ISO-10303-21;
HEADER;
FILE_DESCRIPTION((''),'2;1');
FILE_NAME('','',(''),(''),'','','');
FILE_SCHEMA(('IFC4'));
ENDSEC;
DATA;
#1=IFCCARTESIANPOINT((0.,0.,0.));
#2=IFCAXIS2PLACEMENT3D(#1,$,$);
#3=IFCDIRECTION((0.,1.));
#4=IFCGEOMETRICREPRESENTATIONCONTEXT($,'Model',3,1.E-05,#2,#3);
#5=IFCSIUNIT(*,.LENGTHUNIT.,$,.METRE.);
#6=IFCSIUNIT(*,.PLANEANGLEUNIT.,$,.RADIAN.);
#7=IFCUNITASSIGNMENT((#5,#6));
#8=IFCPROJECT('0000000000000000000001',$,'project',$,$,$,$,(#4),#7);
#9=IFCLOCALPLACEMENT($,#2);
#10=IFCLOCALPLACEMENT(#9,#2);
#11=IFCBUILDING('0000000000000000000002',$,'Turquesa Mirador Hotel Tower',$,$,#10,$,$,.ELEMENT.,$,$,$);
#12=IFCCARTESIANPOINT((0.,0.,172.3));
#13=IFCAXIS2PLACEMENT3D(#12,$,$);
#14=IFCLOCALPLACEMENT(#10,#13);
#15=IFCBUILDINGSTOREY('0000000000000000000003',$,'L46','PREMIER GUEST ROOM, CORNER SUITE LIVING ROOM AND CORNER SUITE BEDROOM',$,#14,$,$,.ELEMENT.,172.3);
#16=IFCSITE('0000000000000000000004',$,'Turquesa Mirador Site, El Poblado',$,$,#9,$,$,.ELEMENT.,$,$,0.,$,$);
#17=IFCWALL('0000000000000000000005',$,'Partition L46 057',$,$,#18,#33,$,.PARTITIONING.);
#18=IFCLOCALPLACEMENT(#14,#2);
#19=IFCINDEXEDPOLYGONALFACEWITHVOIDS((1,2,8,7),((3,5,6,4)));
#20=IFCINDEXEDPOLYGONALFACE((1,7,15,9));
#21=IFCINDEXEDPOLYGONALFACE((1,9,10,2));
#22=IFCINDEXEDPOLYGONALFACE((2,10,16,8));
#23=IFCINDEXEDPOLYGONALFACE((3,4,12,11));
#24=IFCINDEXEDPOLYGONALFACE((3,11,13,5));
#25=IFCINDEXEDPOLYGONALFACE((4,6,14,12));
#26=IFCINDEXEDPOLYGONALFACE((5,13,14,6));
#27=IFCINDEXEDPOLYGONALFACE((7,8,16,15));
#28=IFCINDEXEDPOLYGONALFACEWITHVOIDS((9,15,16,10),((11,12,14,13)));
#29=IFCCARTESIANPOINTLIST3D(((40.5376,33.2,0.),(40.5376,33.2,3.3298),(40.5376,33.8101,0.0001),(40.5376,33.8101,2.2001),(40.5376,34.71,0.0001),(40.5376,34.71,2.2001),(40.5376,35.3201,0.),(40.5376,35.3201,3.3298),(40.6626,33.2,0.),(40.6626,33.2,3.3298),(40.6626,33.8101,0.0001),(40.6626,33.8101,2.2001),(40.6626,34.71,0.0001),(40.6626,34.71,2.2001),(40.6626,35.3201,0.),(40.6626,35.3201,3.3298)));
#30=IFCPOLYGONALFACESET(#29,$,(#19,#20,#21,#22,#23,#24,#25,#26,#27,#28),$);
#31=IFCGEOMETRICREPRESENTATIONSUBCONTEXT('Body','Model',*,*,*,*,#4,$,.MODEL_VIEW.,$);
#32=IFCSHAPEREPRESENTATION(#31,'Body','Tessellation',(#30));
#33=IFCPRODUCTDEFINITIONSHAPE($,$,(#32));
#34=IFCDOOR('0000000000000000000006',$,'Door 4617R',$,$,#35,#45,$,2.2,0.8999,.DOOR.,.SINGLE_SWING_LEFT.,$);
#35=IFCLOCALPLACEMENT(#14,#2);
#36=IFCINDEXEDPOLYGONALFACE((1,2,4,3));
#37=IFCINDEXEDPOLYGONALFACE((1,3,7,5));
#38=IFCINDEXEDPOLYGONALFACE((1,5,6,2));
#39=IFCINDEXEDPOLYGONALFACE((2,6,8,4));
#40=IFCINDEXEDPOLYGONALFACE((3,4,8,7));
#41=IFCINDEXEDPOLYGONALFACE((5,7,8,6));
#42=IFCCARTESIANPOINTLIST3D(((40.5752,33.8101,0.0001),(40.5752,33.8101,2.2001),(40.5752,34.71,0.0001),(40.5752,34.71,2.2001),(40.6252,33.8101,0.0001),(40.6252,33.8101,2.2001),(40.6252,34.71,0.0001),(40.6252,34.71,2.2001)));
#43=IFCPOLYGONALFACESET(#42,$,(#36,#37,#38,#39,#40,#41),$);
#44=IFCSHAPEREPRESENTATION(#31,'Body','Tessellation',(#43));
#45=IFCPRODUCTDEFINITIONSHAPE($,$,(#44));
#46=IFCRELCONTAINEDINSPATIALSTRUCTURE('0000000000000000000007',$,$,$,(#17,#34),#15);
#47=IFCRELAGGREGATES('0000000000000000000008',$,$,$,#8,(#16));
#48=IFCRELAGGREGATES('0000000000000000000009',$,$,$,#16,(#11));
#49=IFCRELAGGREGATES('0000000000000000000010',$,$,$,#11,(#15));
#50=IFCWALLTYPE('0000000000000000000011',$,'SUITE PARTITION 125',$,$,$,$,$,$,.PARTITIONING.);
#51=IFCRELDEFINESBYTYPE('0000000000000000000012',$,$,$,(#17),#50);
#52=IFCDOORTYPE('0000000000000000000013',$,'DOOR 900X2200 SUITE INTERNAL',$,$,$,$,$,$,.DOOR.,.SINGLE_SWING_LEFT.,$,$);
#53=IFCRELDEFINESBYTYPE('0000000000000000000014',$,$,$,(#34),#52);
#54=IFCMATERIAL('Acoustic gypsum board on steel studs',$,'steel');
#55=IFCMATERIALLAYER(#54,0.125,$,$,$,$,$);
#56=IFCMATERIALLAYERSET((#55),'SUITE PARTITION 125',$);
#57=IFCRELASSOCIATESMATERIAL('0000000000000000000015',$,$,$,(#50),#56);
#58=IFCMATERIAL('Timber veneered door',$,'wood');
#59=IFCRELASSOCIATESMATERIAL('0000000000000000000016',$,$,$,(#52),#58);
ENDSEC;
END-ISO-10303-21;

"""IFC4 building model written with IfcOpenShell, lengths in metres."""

from ifc_helpers import new_model, si_unit, direction, frame, frame_2d, origin, place, context, subcontext, project, spatial, rectangle, extrude, material, layer, layer_set, type_object, element, fill, save


model = new_model("IFC4")

# Units and contexts
model_context = context("Model", 3, precision=1e-05, world=origin(), true_north=direction((0.0, 1.0)))
body_context = subcontext(model_context, "Body", "Model", "MODEL_VIEW")
ifc_project = project(units=[si_unit("LENGTHUNIT", "METRE"), si_unit("PLANEANGLEUNIT", "RADIAN")], contexts=[model_context])

# Site, building, storey
site_placement = place(None, origin())
site = spatial("IfcSite", under=ifc_project, at=site_placement, Name="Turquesa Mirador Site, El Poblado", CompositionType="ELEMENT", RefElevation=0.0)
building_placement = place(site_placement, origin())
building = spatial("IfcBuilding", under=site, at=building_placement, Name="Turquesa Mirador Hotel Tower", CompositionType="ELEMENT")
storey_placement = place(building_placement, frame((0.0, 0.0, 172.3)))
storey = spatial("IfcBuildingStorey", under=building, at=storey_placement, Name="L46", Description="PREMIER GUEST ROOM, CORNER SUITE LIVING ROOM AND CORNER SUITE BEDROOM", CompositionType="ELEMENT", Elevation=172.3)

# Wall, opening, door
ifc_material_1 = material(Name="Acoustic gypsum board on steel studs", Category="steel")
ifc_layer_1 = layer(ifc_material_1, 0.125)
ifc_layer_set_1 = layer_set([ifc_layer_1], Name="SUITE PARTITION 125")
wall_type_1 = type_object("IfcWallType", Name="SUITE PARTITION 125", PredefinedType="PARTITIONING", material=ifc_layer_set_1)
wall_1_placement = place(storey_placement, frame((40.6001, 33.2, 0.0), z_axis=(0.0, 0.0, 1.0), x_axis=(0.0, 1.0, 0.0)))
wall_1 = element("IfcWall", 1, at=wall_1_placement, inside=storey, type_object=wall_type_1, Name="Partition L46 057", PredefinedType="PARTITIONING", context=body_context, shape_type="SweptSolid", body=[
    extrude(rectangle(XDim=2.1201, YDim=0.125, at=frame_2d((1.0601, 0.0))), origin(), (0.0, 0.0, 1.0), 3.3298),
])
opening_1_placement = place(wall_1_placement, frame((0.6101, 0.0, 0.0)))
opening_1 = element("IfcOpeningElement", 2, at=opening_1_placement, cuts=wall_1, PredefinedType="OPENING", context=body_context, shape_type="SweptSolid", body=[
    extrude(rectangle(XDim=0.8999, YDim=2.2, at=frame_2d((0.45, 1.1001))), frame((0.0, 0.0725, 0.0), z_axis=(0.0, -1.0, 0.0), x_axis=(1.0, 0.0, 0.0)), (0.0, 0.0, 1.0), 0.145),
])
ifc_material_2 = material(Name="Timber veneered door", Category="wood")
door_type_1 = type_object("IfcDoorType", Name="DOOR 900X2200 SUITE INTERNAL", OperationType="SINGLE_SWING_LEFT", PredefinedType="DOOR", material=ifc_material_2)
door_1_placement = place(opening_1_placement, origin())
door_1 = element("IfcDoor", 3, at=door_1_placement, inside=storey, type_object=door_type_1, Name="Door 4617R", OperationType="SINGLE_SWING_LEFT", OverallHeight=2.2, OverallWidth=0.8999, PredefinedType="DOOR", context=body_context, shape_type="SweptSolid", body=[
    extrude(rectangle(XDim=0.8999, YDim=2.2, at=frame_2d((0.45, 1.1001))), frame((0.0, 0.0249, 0.0), z_axis=(0.0, -1.0, 0.0), x_axis=(1.0, 0.0, 0.0)), (0.0, 0.0, 1.0), 0.05),
])
fill(opening_1, door_1)

save(model, "model.ifc")
